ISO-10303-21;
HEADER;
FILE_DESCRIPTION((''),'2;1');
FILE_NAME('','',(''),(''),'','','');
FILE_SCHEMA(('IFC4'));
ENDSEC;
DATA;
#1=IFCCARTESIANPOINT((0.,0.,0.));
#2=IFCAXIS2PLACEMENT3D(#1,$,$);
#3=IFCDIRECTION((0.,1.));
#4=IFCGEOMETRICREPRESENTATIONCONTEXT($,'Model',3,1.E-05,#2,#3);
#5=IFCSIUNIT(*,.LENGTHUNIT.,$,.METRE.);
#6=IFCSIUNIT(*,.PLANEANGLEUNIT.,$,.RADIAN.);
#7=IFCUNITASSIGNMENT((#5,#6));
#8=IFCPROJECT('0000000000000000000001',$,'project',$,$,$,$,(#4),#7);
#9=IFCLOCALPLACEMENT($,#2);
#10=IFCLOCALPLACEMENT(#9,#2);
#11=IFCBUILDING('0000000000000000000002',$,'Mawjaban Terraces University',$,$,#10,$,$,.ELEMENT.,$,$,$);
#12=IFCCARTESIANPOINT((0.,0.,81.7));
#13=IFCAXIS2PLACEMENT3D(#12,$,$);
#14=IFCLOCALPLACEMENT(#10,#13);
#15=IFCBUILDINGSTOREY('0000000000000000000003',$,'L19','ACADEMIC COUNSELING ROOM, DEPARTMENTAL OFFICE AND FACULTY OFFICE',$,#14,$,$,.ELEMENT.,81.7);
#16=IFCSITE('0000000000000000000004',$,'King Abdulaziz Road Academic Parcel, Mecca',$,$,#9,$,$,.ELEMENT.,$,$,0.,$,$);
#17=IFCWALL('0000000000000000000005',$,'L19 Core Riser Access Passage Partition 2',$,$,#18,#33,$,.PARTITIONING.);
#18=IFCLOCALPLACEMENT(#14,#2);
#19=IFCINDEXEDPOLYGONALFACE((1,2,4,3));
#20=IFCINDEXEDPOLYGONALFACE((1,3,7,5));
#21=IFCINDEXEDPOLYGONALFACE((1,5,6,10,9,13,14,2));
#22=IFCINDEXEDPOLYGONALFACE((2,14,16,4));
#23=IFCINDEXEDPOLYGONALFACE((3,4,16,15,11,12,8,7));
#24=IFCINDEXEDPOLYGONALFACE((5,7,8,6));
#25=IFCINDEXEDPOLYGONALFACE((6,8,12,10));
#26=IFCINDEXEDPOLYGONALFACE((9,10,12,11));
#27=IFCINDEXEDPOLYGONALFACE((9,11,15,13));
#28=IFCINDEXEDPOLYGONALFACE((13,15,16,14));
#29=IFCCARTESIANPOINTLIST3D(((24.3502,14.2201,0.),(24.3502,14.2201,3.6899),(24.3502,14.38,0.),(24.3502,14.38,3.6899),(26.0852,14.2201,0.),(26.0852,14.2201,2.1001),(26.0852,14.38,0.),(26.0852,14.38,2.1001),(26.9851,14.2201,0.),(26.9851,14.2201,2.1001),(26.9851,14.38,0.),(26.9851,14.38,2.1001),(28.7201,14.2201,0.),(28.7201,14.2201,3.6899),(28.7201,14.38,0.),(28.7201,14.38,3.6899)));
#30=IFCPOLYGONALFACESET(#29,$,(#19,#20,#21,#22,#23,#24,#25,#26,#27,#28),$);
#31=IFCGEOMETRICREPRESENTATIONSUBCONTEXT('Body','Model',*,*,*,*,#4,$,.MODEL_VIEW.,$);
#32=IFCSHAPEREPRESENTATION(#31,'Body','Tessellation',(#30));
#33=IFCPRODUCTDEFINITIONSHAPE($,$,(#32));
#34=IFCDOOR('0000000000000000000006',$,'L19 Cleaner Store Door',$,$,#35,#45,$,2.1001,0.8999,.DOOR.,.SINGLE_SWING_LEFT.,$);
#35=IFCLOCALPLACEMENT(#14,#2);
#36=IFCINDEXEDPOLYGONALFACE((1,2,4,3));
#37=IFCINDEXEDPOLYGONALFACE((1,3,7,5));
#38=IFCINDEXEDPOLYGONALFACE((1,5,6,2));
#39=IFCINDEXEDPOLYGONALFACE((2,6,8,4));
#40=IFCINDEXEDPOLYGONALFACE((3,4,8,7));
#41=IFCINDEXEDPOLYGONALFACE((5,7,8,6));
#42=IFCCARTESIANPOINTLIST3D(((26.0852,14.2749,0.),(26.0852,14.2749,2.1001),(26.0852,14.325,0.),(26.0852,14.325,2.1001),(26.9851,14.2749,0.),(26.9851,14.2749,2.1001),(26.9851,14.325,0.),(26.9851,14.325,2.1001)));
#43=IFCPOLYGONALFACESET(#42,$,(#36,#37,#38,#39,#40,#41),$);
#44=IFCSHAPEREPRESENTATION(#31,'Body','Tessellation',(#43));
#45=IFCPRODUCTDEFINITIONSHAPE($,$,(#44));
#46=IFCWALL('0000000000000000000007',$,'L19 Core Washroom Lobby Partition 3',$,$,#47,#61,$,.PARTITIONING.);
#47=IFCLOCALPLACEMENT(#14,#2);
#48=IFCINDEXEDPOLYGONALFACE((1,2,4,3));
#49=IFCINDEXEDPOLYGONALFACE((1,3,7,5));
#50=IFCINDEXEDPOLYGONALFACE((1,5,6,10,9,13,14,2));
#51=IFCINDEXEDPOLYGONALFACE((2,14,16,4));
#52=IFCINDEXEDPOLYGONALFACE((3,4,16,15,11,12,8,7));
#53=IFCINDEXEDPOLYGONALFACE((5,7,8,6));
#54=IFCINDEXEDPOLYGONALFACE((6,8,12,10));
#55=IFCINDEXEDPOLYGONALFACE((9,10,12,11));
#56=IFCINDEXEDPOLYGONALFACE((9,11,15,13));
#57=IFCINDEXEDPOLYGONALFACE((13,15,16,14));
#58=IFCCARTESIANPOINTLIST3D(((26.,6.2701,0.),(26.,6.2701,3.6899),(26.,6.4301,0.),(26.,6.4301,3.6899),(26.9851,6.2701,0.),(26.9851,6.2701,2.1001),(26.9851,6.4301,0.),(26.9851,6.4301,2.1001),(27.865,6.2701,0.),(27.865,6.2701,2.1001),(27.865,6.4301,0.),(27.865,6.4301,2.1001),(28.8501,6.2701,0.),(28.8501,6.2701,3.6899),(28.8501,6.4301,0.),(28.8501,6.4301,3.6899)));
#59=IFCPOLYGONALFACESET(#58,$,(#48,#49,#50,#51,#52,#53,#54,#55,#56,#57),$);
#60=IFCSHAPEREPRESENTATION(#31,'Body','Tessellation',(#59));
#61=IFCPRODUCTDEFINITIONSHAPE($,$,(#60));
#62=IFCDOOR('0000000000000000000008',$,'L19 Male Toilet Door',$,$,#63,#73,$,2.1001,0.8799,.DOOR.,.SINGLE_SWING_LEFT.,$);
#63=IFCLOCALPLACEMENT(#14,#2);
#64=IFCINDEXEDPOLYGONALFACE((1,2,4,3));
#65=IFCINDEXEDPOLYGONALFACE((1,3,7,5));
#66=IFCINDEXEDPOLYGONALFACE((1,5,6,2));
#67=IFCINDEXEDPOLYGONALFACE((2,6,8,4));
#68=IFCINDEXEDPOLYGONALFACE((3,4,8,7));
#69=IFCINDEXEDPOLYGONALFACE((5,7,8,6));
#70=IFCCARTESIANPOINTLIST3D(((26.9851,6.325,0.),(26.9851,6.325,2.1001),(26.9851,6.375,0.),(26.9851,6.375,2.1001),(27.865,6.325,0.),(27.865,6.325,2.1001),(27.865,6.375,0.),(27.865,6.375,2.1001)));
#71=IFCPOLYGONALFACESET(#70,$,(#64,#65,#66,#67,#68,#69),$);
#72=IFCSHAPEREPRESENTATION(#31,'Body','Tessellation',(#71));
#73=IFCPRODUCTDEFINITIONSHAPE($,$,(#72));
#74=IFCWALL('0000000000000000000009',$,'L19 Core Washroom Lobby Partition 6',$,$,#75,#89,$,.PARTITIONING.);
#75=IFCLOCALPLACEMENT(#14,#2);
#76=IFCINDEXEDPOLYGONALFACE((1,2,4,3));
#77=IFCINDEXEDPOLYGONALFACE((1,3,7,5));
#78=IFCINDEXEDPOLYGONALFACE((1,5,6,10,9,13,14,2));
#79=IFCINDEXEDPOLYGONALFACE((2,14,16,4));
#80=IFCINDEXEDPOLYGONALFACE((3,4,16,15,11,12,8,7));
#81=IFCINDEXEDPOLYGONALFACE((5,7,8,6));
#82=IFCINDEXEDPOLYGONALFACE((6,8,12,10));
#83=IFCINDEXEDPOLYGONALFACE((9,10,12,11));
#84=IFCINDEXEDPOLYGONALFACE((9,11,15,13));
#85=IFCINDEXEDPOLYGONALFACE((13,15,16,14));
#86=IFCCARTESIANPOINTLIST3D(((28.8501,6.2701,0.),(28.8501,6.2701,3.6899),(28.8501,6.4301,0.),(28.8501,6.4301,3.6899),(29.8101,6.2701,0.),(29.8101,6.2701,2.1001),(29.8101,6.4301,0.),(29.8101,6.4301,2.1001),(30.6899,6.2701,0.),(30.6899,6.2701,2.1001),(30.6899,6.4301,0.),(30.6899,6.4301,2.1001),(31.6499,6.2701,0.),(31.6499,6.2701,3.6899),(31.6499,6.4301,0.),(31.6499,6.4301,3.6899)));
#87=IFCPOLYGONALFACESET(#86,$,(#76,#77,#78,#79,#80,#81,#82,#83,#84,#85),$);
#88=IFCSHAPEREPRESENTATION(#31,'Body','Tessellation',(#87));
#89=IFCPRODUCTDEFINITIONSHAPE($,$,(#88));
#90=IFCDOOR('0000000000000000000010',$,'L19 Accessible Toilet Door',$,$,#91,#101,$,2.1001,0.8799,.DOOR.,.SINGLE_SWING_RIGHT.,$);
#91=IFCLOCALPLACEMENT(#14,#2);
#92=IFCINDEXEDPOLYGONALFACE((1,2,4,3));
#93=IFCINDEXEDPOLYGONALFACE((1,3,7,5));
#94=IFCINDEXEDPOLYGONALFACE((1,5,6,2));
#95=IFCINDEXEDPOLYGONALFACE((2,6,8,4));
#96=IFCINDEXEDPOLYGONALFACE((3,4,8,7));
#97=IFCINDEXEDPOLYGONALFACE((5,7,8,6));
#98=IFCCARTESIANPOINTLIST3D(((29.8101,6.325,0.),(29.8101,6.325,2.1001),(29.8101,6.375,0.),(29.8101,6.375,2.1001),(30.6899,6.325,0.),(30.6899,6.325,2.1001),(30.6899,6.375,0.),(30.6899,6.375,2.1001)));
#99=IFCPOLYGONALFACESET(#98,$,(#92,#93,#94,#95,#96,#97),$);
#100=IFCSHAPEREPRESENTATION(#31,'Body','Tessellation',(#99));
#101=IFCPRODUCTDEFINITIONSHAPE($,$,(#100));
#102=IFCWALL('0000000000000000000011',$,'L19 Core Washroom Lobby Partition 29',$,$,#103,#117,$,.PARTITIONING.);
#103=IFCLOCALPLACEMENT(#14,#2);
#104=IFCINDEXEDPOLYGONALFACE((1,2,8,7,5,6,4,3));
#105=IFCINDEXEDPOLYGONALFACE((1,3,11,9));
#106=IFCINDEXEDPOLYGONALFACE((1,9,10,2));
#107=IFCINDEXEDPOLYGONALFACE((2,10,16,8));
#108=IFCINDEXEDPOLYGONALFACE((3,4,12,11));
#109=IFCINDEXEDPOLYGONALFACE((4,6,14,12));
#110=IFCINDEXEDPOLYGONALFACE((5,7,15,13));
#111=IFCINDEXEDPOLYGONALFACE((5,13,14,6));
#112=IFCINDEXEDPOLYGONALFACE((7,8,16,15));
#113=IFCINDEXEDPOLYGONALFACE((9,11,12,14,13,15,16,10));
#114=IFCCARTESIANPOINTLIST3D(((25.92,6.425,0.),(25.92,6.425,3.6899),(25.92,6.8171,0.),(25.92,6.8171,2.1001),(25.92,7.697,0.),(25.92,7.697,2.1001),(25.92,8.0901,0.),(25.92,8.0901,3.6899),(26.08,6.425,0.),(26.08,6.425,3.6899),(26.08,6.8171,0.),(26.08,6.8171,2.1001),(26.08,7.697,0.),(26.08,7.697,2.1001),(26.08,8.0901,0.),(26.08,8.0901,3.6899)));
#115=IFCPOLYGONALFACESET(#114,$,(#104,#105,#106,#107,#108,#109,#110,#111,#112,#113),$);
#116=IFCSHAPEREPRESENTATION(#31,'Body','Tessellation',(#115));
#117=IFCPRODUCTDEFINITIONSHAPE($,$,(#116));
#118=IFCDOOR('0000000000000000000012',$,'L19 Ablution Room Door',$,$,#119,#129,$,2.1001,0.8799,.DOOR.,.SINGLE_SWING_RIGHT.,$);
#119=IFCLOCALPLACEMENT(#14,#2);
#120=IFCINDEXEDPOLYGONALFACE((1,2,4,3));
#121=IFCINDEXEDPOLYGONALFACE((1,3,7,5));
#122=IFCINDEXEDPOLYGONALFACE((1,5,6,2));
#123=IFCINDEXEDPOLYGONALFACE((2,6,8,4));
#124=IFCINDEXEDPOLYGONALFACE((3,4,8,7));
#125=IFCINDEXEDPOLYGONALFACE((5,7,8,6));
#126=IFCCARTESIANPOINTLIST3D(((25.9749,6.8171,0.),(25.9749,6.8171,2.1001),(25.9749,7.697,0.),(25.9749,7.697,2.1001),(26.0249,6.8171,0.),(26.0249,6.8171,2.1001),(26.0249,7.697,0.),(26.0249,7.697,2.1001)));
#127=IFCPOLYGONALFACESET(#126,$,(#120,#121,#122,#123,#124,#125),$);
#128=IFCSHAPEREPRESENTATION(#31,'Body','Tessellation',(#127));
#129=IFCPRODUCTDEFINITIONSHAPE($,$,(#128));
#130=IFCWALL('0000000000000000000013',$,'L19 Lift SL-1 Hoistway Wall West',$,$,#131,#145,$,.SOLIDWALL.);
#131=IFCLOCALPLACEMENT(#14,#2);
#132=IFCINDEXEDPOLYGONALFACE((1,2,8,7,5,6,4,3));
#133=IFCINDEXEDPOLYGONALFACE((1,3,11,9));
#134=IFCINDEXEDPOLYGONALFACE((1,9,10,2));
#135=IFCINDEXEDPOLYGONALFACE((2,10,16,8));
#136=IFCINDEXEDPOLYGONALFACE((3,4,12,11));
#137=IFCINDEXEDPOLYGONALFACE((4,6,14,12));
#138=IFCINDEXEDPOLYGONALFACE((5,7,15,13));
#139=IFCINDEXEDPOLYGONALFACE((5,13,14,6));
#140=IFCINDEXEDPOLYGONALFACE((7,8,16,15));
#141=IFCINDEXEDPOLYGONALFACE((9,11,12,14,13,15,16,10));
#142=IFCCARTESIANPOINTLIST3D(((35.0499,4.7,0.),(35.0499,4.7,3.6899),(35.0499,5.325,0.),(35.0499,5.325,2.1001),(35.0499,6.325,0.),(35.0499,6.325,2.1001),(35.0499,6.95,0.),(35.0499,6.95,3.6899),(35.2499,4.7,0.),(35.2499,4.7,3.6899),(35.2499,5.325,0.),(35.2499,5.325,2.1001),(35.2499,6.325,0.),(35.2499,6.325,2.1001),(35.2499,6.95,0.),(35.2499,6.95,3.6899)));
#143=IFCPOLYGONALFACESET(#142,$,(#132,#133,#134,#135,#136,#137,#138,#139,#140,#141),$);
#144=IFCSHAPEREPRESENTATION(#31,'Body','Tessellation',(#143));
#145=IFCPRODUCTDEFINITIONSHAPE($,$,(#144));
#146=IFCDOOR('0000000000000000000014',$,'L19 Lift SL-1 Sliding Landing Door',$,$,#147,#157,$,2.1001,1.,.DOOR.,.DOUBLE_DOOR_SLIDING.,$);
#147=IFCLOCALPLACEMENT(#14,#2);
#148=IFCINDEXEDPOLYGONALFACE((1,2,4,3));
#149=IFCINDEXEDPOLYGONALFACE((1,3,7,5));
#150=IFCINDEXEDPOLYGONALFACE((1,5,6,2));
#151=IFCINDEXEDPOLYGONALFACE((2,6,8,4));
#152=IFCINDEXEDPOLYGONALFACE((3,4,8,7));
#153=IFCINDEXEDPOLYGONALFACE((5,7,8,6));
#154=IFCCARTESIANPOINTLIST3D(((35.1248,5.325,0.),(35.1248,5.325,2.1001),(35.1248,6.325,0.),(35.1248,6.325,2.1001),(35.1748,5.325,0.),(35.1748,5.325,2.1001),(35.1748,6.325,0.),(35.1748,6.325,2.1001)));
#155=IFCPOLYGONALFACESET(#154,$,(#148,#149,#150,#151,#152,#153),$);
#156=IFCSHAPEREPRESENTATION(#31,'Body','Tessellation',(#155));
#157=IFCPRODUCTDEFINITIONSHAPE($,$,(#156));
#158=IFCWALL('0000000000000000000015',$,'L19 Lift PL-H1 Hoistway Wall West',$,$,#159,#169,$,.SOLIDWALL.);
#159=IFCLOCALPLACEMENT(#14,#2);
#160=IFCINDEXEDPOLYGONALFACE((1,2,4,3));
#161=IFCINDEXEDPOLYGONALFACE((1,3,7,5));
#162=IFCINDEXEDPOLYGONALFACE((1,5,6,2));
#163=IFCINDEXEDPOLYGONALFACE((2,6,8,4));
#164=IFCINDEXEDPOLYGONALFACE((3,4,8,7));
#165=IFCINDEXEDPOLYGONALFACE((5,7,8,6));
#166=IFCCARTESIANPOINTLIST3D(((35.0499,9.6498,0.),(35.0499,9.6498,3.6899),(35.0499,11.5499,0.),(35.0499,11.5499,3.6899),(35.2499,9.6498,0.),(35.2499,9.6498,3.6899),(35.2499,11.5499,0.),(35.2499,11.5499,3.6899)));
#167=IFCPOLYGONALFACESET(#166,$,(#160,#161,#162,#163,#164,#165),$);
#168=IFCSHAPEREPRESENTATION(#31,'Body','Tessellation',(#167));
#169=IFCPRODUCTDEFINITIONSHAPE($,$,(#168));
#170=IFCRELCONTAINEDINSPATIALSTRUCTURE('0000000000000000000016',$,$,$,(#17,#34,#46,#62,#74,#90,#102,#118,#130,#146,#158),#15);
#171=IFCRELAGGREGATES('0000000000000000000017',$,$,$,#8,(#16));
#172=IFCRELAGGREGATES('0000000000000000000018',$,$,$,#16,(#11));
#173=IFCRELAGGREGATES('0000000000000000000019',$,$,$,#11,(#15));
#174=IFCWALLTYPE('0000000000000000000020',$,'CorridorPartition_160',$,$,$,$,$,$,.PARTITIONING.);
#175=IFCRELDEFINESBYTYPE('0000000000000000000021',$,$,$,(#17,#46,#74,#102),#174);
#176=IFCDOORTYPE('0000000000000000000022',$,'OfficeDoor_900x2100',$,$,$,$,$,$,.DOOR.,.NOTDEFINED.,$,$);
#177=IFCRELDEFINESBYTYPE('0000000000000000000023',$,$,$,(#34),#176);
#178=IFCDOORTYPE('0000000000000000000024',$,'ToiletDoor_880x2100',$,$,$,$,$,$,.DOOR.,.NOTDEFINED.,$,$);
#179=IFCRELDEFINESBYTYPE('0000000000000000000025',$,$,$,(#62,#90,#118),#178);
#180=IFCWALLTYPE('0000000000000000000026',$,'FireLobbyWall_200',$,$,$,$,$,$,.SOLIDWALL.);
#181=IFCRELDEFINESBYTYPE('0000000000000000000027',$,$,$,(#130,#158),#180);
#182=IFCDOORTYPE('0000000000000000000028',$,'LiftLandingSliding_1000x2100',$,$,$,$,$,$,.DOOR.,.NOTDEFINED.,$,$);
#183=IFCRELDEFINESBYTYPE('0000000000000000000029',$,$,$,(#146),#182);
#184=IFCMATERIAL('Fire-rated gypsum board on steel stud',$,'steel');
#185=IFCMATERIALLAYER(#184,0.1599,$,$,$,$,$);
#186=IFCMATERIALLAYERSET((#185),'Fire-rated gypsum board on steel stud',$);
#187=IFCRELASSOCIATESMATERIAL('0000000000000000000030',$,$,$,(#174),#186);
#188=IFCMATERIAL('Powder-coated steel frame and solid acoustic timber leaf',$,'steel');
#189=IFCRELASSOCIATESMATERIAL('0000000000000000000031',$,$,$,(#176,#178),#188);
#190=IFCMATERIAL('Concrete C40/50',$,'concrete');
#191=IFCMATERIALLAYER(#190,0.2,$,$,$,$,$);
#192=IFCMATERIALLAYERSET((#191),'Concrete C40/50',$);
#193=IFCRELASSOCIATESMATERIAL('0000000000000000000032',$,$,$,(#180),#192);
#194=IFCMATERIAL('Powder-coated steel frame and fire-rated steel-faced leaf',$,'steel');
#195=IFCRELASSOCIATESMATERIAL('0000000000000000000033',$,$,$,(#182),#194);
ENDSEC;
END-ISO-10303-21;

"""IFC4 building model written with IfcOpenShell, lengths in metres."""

from ifc_helpers import new_model, si_unit, direction, frame, frame_2d, origin, place, context, subcontext, project, spatial, rectangle, extrude, material, layer, layer_set, type_object, element, fill, save


model = new_model("IFC4")

# Units and contexts
model_context = context("Model", 3, precision=1e-05, world=origin(), true_north=direction((0.0, 1.0)))
body_context = subcontext(model_context, "Body", "Model", "MODEL_VIEW")
ifc_project = project(units=[si_unit("LENGTHUNIT", "METRE"), si_unit("PLANEANGLEUNIT", "RADIAN")], contexts=[model_context])

# Site, building, storey
site_placement = place(None, origin())
site = spatial("IfcSite", under=ifc_project, at=site_placement, Name="King Abdulaziz Road Academic Parcel, Mecca", CompositionType="ELEMENT", RefElevation=0.0)
building_placement = place(site_placement, origin())
building = spatial("IfcBuilding", under=site, at=building_placement, Name="Mawjaban Terraces University", CompositionType="ELEMENT")
storey_placement = place(building_placement, frame((0.0, 0.0, 81.7)))
storey = spatial("IfcBuildingStorey", under=building, at=storey_placement, Name="L19", Description="ACADEMIC COUNSELING ROOM, DEPARTMENTAL OFFICE AND FACULTY OFFICE", CompositionType="ELEMENT", Elevation=81.7)

# Walls, openings, doors
ifc_material_1 = material(Name="Fire-rated gypsum board on steel stud", Category="steel")
ifc_layer_1 = layer(ifc_material_1, 0.1599)
ifc_layer_set_1 = layer_set([ifc_layer_1], Name="Fire-rated gypsum board on steel stud")
wall_type_1 = type_object("IfcWallType", Name="CorridorPartition_160", PredefinedType="PARTITIONING", material=ifc_layer_set_1)
wall_1_placement = place(storey_placement, frame((24.3501, 14.3, 0.0), z_axis=(0.0, 0.0, 1.0), x_axis=(1.0, 0.0, 0.0)))
wall_1 = element("IfcWall", 1, at=wall_1_placement, inside=storey, type_object=wall_type_1, Name="L19 Core Riser Access Passage Partition 2", PredefinedType="PARTITIONING", context=body_context, shape_type="SweptSolid", body=[
    extrude(rectangle(XDim=4.3699, YDim=0.1599, at=frame_2d((2.1851, 0.0))), origin(), (0.0, 0.0, 1.0), 3.6899),
])
opening_1_placement = place(wall_1_placement, frame((1.7351, 0.0, 0.0)))
opening_1 = element("IfcOpeningElement", 2, at=opening_1_placement, cuts=wall_1, PredefinedType="OPENING", context=body_context, shape_type="SweptSolid", body=[
    extrude(rectangle(XDim=0.8999, YDim=2.1001, at=frame_2d((0.45, 1.05))), frame((0.0, 0.0898, 0.0), z_axis=(0.0, -1.0, 0.0), x_axis=(1.0, 0.0, 0.0)), (0.0, 0.0, 1.0), 0.1799),
])
ifc_material_2 = material(Name="Powder-coated steel frame and solid acoustic timber leaf", Category="steel")
door_type_1 = type_object("IfcDoorType", Name="OfficeDoor_900x2100", OperationType="NOTDEFINED", PredefinedType="DOOR", material=ifc_material_2)
door_1_placement = place(opening_1_placement, origin())
door_1 = element("IfcDoor", 3, at=door_1_placement, inside=storey, type_object=door_type_1, Name="L19 Cleaner Store Door", OperationType="SINGLE_SWING_LEFT", OverallHeight=2.1001, OverallWidth=0.8999, PredefinedType="DOOR", context=body_context, shape_type="SweptSolid", body=[
    extrude(rectangle(XDim=0.8999, YDim=2.1001, at=frame_2d((0.45, 1.05))), frame((0.0, 0.0249, 0.0), z_axis=(0.0, -1.0, 0.0), x_axis=(1.0, 0.0, 0.0)), (0.0, 0.0, 1.0), 0.05),
])
fill(opening_1, door_1)
wall_2_placement = place(storey_placement, frame((26.0, 6.3501, 0.0), z_axis=(0.0, 0.0, 1.0), x_axis=(1.0, 0.0, 0.0)))
wall_2 = element("IfcWall", 4, at=wall_2_placement, inside=storey, type_object=wall_type_1, Name="L19 Core Washroom Lobby Partition 3", PredefinedType="PARTITIONING", context=body_context, shape_type="SweptSolid", body=[
    extrude(rectangle(XDim=2.8501, YDim=0.1599, at=frame_2d((1.425, 0.0))), origin(), (0.0, 0.0, 1.0), 3.6899),
])
opening_2_placement = place(wall_2_placement, frame((0.9851, 0.0, 0.0)))
opening_2 = element("IfcOpeningElement", 5, at=opening_2_placement, cuts=wall_2, PredefinedType="OPENING", context=body_context, shape_type="SweptSolid", body=[
    extrude(rectangle(XDim=0.8799, YDim=2.1001, at=frame_2d((0.4399, 1.05))), frame((0.0, 0.0898, 0.0), z_axis=(0.0, -1.0, 0.0), x_axis=(1.0, 0.0, 0.0)), (0.0, 0.0, 1.0), 0.1799),
])
door_type_2 = type_object("IfcDoorType", Name="ToiletDoor_880x2100", OperationType="NOTDEFINED", PredefinedType="DOOR", material=ifc_material_2)
door_2_placement = place(opening_2_placement, origin())
door_2 = element("IfcDoor", 6, at=door_2_placement, inside=storey, type_object=door_type_2, Name="L19 Male Toilet Door", OperationType="SINGLE_SWING_LEFT", OverallHeight=2.1001, OverallWidth=0.8799, PredefinedType="DOOR", context=body_context, shape_type="SweptSolid", body=[
    extrude(rectangle(XDim=0.8799, YDim=2.1001, at=frame_2d((0.4399, 1.05))), frame((0.0, 0.0249, 0.0), z_axis=(0.0, -1.0, 0.0), x_axis=(1.0, 0.0, 0.0)), (0.0, 0.0, 1.0), 0.05),
])
fill(opening_2, door_2)
wall_3_placement = place(storey_placement, frame((28.8501, 6.3501, 0.0), z_axis=(0.0, 0.0, 1.0), x_axis=(1.0, 0.0, 0.0)))
wall_3 = element("IfcWall", 7, at=wall_3_placement, inside=storey, type_object=wall_type_1, Name="L19 Core Washroom Lobby Partition 6", PredefinedType="PARTITIONING", context=body_context, shape_type="SweptSolid", body=[
    extrude(rectangle(XDim=2.7998, YDim=0.1599, at=frame_2d((1.3999, 0.0))), origin(), (0.0, 0.0, 1.0), 3.6899),
])
opening_3_placement = place(wall_3_placement, frame((0.96, 0.0, 0.0)))
opening_3 = element("IfcOpeningElement", 8, at=opening_3_placement, cuts=wall_3, PredefinedType="OPENING", context=body_context, shape_type="SweptSolid", body=[
    extrude(rectangle(XDim=0.8799, YDim=2.1001, at=frame_2d((0.4399, 1.05))), frame((0.0, 0.0898, 0.0), z_axis=(0.0, -1.0, 0.0), x_axis=(1.0, 0.0, 0.0)), (0.0, 0.0, 1.0), 0.1799),
])
door_3_placement = place(opening_3_placement, origin())
door_3 = element("IfcDoor", 9, at=door_3_placement, inside=storey, type_object=door_type_2, Name="L19 Accessible Toilet Door", OperationType="SINGLE_SWING_RIGHT", OverallHeight=2.1001, OverallWidth=0.8799, PredefinedType="DOOR", context=body_context, shape_type="SweptSolid", body=[
    extrude(rectangle(XDim=0.8799, YDim=2.1001, at=frame_2d((0.4399, 1.05))), frame((0.0, 0.0249, 0.0), z_axis=(0.0, -1.0, 0.0), x_axis=(1.0, 0.0, 0.0)), (0.0, 0.0, 1.0), 0.05),
])
fill(opening_3, door_3)
wall_4_placement = place(storey_placement, frame((26.0, 8.0901, 0.0), z_axis=(0.0, 0.0, 1.0), x_axis=(0.0, -1.0, 0.0)))
wall_4 = element("IfcWall", 10, at=wall_4_placement, inside=storey, type_object=wall_type_1, Name="L19 Core Washroom Lobby Partition 29", PredefinedType="PARTITIONING", context=body_context, shape_type="SweptSolid", body=[
    extrude(rectangle(XDim=1.665, YDim=0.1599, at=frame_2d((0.8325, 0.0))), origin(), (0.0, 0.0, 1.0), 3.6899),
])
opening_4_placement = place(wall_4_placement, frame((0.3931, 0.0, 0.0)))
opening_4 = element("IfcOpeningElement", 11, at=opening_4_placement, cuts=wall_4, PredefinedType="OPENING", context=body_context, shape_type="SweptSolid", body=[
    extrude(rectangle(XDim=0.8799, YDim=2.1001, at=frame_2d((0.4399, 1.05))), frame((0.0, 0.0898, 0.0), z_axis=(0.0, -1.0, 0.0), x_axis=(1.0, 0.0, 0.0)), (0.0, 0.0, 1.0), 0.1799),
])
door_4_placement = place(opening_4_placement, origin())
door_4 = element("IfcDoor", 12, at=door_4_placement, inside=storey, type_object=door_type_2, Name="L19 Ablution Room Door", OperationType="SINGLE_SWING_RIGHT", OverallHeight=2.1001, OverallWidth=0.8799, PredefinedType="DOOR", context=body_context, shape_type="SweptSolid", body=[
    extrude(rectangle(XDim=0.8799, YDim=2.1001, at=frame_2d((0.4399, 1.05))), frame((0.0, 0.0249, 0.0), z_axis=(0.0, -1.0, 0.0), x_axis=(1.0, 0.0, 0.0)), (0.0, 0.0, 1.0), 0.05),
])
fill(opening_4, door_4)
ifc_material_3 = material(Name="Concrete C40/50", Category="concrete")
ifc_layer_2 = layer(ifc_material_3, 0.2)
ifc_layer_set_2 = layer_set([ifc_layer_2], Name="Concrete C40/50")
wall_type_2 = type_object("IfcWallType", Name="FireLobbyWall_200", PredefinedType="SOLIDWALL", material=ifc_layer_set_2)
wall_5_placement = place(storey_placement, frame((35.1499, 6.95, 0.0), z_axis=(0.0, 0.0, 1.0), x_axis=(0.0, -1.0, 0.0)))
wall_5 = element("IfcWall", 13, at=wall_5_placement, inside=storey, type_object=wall_type_2, Name="L19 Lift SL-1 Hoistway Wall West", PredefinedType="SOLIDWALL", context=body_context, shape_type="SweptSolid", body=[
    extrude(rectangle(XDim=2.25, YDim=0.2, at=frame_2d((1.125, 0.0))), origin(), (0.0, 0.0, 1.0), 3.6899),
])
opening_5_placement = place(wall_5_placement, frame((0.625, 0.0, 0.0)))
opening_5 = element("IfcOpeningElement", 14, at=opening_5_placement, cuts=wall_5, PredefinedType="OPENING", context=body_context, shape_type="SweptSolid", body=[
    extrude(rectangle(XDim=1.0, YDim=2.1001, at=frame_2d((0.5, 1.05))), frame((0.0, 0.1099, 0.0), z_axis=(0.0, -1.0, 0.0), x_axis=(1.0, 0.0, 0.0)), (0.0, 0.0, 1.0), 0.22),
])
ifc_material_4 = material(Name="Powder-coated steel frame and fire-rated steel-faced leaf", Category="steel")
door_type_3 = type_object("IfcDoorType", Name="LiftLandingSliding_1000x2100", OperationType="NOTDEFINED", PredefinedType="DOOR", material=ifc_material_4)
door_5_placement = place(opening_5_placement, origin())
door_5 = element("IfcDoor", 15, at=door_5_placement, inside=storey, type_object=door_type_3, Name="L19 Lift SL-1 Sliding Landing Door", OperationType="DOUBLE_DOOR_SLIDING", OverallHeight=2.1001, OverallWidth=1.0, PredefinedType="DOOR", context=body_context, shape_type="SweptSolid", body=[
    extrude(rectangle(XDim=1.0, YDim=2.1001, at=frame_2d((0.5, 1.05))), frame((0.0, 0.0249, 0.0), z_axis=(0.0, -1.0, 0.0), x_axis=(1.0, 0.0, 0.0)), (0.0, 0.0, 1.0), 0.05),
])
fill(opening_5, door_5)

# Wall
wall_6_placement = place(storey_placement, frame((35.1499, 11.55, 0.0), z_axis=(0.0, 0.0, 1.0), x_axis=(0.0, -1.0, 0.0)))
element("IfcWall", 16, at=wall_6_placement, inside=storey, type_object=wall_type_2, Name="L19 Lift PL-H1 Hoistway Wall West", PredefinedType="SOLIDWALL", context=body_context, shape_type="SweptSolid", body=[
    extrude(rectangle(XDim=1.9001, YDim=0.2, at=frame_2d((0.9502, 0.0))), origin(), (0.0, 0.0, 1.0), 3.6899),
])

save(model, "model.ifc")
